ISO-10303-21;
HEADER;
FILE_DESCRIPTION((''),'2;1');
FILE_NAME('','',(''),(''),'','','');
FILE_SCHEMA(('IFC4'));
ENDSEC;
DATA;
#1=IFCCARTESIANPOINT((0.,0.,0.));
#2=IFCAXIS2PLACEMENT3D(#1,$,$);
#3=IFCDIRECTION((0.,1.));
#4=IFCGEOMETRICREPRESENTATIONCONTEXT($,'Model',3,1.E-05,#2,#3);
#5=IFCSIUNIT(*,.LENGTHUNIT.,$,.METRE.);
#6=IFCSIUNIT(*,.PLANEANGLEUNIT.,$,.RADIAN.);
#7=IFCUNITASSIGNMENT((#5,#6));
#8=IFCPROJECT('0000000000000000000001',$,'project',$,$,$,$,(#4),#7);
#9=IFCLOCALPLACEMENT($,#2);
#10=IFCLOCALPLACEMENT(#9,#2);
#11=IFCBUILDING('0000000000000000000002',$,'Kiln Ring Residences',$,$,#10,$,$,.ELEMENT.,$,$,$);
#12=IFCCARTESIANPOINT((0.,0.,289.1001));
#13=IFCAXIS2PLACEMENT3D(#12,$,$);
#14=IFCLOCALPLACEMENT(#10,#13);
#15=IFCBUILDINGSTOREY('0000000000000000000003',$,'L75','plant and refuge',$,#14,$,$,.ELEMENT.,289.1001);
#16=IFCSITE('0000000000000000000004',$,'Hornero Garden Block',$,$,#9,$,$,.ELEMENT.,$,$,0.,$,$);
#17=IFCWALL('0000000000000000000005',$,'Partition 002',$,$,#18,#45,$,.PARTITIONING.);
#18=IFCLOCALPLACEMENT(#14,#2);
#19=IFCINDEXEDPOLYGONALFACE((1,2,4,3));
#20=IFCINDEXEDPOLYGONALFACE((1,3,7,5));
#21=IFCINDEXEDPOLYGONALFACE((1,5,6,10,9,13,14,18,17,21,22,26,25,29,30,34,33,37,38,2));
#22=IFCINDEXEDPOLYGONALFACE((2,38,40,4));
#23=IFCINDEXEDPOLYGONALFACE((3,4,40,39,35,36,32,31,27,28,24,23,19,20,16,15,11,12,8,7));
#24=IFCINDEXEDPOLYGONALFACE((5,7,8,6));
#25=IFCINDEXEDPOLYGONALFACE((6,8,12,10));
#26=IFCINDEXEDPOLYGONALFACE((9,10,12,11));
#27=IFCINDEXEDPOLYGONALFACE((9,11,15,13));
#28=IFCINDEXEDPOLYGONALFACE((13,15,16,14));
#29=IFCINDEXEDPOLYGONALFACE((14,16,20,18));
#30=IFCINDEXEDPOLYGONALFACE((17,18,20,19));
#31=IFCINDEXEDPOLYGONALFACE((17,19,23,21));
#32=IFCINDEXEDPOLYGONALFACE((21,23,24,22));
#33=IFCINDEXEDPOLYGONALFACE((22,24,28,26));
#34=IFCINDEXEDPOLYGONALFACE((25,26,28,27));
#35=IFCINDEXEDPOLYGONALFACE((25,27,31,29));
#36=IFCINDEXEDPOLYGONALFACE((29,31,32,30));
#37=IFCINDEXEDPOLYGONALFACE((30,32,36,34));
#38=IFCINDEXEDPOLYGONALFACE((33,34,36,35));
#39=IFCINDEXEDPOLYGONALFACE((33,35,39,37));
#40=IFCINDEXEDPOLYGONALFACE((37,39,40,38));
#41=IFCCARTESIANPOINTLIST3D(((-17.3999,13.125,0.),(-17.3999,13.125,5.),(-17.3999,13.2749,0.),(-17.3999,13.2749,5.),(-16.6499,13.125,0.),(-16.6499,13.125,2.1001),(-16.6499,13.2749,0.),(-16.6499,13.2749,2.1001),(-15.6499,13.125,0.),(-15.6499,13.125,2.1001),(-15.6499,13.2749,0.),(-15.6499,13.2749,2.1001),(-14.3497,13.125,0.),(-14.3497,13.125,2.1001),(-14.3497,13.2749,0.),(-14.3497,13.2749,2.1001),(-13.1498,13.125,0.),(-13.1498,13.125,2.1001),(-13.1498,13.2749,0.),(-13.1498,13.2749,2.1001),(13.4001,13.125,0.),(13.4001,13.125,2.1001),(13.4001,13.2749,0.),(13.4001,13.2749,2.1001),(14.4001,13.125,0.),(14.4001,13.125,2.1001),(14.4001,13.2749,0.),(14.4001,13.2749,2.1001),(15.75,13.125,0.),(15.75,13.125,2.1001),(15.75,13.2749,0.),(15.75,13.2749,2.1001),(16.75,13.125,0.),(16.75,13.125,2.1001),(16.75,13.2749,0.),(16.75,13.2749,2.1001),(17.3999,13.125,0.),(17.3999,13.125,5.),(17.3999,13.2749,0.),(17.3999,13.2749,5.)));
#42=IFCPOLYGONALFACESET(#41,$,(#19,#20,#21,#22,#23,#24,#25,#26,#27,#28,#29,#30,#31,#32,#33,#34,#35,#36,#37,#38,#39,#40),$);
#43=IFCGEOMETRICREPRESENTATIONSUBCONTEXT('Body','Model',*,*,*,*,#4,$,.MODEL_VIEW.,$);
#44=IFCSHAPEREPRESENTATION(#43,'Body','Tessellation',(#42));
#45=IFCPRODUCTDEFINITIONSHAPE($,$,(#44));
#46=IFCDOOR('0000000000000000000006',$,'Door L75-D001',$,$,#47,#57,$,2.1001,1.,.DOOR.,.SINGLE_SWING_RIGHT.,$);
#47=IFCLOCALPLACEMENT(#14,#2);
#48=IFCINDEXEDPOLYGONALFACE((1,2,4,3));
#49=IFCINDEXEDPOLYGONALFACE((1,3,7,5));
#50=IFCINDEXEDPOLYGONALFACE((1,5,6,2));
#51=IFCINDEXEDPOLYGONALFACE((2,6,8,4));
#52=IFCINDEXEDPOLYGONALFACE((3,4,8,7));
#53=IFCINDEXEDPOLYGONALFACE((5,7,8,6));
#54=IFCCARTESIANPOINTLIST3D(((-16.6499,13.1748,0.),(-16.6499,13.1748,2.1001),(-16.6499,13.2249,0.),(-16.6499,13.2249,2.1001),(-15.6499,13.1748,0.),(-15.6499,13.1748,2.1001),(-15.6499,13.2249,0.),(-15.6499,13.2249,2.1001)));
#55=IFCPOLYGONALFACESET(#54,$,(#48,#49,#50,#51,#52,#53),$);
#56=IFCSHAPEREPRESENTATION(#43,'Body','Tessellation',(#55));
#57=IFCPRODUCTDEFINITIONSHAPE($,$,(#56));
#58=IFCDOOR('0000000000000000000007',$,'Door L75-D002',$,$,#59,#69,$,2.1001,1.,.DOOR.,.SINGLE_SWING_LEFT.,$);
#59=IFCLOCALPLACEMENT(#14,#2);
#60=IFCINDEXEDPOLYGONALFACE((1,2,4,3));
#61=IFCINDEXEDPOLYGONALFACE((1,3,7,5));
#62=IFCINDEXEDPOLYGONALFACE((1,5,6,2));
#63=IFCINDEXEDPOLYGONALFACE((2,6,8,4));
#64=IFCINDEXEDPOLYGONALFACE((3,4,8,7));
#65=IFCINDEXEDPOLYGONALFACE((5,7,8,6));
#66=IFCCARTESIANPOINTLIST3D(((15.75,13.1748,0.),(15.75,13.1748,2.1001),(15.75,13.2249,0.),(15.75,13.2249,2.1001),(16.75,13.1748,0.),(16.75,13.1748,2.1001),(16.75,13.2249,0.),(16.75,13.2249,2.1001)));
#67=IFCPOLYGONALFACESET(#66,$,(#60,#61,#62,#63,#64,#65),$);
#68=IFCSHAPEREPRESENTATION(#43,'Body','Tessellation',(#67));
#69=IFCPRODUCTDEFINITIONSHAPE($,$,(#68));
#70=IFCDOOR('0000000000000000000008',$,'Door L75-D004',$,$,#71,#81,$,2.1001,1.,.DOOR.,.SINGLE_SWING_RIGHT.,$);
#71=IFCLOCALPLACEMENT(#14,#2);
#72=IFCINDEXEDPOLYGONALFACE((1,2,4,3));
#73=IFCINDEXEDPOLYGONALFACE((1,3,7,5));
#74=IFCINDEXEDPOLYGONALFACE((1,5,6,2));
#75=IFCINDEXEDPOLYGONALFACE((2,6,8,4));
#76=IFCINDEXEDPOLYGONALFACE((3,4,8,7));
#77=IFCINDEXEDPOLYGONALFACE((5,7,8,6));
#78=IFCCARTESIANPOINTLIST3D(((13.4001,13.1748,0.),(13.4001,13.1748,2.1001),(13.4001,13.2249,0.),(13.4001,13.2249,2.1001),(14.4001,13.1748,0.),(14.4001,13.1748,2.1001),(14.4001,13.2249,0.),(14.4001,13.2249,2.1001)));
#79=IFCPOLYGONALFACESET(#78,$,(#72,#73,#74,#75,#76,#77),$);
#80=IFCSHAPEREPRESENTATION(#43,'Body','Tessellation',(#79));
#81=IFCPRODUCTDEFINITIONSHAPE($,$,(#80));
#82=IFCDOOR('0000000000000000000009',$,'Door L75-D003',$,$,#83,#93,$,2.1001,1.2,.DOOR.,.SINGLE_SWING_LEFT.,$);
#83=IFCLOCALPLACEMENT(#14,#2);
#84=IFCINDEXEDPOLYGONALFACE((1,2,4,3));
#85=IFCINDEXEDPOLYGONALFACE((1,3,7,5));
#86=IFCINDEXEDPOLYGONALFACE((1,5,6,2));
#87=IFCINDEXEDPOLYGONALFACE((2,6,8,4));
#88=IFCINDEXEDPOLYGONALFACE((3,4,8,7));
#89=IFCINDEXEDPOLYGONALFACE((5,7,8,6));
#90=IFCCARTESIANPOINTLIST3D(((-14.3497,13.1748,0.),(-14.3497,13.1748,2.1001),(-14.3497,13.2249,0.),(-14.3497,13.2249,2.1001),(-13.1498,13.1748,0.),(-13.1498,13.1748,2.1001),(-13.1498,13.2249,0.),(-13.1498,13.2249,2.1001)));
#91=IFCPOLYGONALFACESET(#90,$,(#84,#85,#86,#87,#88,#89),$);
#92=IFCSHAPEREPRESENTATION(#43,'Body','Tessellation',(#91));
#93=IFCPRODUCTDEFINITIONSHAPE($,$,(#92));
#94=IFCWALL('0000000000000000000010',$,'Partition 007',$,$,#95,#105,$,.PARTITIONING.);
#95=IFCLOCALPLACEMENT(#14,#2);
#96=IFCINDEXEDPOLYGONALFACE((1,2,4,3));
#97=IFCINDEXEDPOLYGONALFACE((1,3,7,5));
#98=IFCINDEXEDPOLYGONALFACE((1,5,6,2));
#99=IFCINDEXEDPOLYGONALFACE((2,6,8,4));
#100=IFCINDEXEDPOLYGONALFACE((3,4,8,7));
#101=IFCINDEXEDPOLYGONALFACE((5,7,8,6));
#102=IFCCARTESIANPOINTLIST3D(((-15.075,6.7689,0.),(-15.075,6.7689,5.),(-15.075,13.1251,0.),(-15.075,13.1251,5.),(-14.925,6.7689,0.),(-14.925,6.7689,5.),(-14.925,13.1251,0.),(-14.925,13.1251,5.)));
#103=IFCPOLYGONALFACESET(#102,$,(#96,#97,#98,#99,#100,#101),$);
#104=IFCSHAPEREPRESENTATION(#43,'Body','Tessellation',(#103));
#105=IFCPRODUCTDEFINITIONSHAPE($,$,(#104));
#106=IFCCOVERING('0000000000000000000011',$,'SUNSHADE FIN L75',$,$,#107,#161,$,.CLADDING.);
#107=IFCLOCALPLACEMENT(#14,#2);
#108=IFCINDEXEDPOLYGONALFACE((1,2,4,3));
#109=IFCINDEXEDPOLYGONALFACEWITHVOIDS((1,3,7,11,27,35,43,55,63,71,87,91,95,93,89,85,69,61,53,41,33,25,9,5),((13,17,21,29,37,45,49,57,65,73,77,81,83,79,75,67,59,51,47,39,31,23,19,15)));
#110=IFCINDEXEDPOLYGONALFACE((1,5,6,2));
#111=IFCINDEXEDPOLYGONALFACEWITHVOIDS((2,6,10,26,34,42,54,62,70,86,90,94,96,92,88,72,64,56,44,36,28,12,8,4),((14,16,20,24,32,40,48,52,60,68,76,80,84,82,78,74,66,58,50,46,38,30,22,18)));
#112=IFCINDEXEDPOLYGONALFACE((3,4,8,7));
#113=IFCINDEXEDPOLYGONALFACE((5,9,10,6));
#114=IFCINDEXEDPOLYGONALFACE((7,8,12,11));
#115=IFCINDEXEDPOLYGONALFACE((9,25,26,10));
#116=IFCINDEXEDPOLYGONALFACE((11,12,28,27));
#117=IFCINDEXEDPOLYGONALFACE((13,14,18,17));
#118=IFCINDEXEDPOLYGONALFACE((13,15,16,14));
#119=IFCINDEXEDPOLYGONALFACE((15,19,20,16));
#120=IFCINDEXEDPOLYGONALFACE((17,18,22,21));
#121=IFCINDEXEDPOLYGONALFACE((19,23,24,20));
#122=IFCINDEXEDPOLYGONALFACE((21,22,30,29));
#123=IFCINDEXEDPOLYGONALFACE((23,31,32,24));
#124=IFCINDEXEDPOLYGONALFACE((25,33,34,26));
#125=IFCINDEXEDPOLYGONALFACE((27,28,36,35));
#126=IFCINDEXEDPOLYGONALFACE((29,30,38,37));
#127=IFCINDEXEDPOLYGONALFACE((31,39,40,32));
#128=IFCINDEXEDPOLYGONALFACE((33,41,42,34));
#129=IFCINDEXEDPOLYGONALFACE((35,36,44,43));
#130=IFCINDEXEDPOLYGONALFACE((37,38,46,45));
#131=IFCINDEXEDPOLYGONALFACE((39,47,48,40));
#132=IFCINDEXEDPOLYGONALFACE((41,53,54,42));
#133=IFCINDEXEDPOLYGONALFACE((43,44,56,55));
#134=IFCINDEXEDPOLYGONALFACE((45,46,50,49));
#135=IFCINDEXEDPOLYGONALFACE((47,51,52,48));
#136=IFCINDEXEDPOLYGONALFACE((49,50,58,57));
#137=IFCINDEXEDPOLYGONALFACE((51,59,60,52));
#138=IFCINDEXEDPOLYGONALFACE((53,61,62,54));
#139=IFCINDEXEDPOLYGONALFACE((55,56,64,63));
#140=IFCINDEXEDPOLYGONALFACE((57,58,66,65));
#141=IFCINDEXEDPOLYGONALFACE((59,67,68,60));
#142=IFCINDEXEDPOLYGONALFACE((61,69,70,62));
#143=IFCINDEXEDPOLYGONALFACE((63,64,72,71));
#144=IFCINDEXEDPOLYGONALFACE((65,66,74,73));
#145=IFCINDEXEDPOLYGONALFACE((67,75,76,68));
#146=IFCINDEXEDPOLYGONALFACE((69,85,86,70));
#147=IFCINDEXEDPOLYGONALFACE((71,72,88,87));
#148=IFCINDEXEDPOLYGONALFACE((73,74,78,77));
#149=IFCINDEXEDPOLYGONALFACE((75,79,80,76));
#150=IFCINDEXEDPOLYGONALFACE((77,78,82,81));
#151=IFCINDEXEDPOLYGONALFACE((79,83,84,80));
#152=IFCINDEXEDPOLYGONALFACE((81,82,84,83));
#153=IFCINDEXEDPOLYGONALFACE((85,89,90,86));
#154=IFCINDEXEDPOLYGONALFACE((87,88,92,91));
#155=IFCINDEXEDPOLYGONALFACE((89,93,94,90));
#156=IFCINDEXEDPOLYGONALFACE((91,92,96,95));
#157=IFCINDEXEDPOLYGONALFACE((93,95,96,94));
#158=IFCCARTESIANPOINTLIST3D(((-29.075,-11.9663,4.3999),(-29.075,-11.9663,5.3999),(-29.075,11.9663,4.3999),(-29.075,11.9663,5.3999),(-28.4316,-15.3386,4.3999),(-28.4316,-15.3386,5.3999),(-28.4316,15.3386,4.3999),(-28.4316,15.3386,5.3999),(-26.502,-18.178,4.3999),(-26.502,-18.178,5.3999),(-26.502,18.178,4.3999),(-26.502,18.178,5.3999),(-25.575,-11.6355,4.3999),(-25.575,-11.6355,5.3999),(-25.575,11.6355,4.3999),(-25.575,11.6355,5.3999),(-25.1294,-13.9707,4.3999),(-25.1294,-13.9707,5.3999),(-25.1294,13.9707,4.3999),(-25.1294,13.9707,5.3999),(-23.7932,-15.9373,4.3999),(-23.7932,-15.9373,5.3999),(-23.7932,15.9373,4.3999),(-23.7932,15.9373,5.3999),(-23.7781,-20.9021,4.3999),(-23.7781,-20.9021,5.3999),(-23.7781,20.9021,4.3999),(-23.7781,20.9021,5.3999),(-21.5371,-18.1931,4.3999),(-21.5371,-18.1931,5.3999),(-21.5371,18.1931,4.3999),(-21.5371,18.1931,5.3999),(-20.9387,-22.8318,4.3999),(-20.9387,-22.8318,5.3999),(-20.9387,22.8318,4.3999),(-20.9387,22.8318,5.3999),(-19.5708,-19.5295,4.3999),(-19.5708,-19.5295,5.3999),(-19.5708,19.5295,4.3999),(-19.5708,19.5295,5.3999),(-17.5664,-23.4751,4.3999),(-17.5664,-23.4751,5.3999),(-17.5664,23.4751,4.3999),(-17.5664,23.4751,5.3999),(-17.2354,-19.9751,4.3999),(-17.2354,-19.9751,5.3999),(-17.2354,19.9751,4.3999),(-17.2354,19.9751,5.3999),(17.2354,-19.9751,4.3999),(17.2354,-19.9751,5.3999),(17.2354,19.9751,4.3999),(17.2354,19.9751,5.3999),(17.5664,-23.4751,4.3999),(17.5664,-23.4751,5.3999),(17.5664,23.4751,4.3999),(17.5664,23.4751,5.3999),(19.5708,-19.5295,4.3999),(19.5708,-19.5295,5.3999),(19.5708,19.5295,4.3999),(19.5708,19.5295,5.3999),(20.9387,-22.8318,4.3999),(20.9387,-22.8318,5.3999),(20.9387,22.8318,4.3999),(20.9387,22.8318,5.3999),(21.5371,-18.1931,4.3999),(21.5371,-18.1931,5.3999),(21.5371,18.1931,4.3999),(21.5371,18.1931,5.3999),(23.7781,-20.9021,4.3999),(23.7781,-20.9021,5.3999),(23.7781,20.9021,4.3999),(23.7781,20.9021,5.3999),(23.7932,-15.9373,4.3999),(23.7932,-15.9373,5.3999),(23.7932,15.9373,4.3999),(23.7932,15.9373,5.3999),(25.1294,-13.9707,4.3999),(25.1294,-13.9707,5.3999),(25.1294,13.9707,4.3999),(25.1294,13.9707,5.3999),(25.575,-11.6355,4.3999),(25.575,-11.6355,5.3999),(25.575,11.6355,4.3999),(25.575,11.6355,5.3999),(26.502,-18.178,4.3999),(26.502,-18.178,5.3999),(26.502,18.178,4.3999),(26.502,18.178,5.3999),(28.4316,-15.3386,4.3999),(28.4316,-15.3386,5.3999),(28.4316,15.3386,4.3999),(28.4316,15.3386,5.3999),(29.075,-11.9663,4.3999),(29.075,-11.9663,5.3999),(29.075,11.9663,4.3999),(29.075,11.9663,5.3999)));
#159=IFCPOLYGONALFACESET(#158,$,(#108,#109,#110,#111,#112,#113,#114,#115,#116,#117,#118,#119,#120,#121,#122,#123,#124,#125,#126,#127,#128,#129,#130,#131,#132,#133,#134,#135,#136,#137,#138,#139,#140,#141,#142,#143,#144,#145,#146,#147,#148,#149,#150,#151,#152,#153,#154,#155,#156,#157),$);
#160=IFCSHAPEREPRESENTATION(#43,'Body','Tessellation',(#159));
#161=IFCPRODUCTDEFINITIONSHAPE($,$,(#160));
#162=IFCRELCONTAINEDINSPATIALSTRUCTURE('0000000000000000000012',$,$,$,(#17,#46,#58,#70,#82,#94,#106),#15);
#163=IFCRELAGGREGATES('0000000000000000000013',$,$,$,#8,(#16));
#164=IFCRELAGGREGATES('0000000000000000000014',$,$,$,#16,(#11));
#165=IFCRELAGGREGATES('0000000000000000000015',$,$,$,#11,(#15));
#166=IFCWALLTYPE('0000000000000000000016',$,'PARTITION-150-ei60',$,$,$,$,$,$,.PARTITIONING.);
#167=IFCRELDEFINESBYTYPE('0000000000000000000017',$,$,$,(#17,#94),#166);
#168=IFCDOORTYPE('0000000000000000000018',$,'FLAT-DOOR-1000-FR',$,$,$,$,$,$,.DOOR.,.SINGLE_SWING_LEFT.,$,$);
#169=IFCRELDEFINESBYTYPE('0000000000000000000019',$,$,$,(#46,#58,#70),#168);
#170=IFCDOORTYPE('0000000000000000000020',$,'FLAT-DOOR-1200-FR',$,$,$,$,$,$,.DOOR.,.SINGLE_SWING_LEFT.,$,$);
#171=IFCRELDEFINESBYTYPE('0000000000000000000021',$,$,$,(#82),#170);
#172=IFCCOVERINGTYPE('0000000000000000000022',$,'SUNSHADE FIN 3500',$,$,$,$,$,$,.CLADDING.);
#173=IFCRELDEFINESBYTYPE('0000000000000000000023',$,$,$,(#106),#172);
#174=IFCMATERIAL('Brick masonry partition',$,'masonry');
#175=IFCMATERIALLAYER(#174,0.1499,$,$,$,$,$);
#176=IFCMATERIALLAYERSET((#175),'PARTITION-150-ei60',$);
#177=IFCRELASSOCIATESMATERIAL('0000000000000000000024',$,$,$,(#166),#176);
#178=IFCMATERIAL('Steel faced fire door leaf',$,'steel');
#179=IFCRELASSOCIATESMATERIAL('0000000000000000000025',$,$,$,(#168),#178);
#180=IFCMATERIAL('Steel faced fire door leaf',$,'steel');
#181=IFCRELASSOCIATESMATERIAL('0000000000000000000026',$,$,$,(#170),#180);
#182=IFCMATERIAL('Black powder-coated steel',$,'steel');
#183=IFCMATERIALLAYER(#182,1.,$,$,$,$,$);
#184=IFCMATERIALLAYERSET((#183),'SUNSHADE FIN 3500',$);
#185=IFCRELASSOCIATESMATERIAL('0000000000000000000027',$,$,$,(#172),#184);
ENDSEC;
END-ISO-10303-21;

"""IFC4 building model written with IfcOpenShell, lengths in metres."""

from ifc_helpers import new_model, si_unit, direction, frame, frame_2d, origin, place, context, subcontext, project, spatial, polyline, rectangle, outline, extrude, material, layer, layer_set, type_object, element, fill, save


model = new_model("IFC4")

# Units and contexts
model_context = context("Model", 3, precision=1e-05, world=origin(), true_north=direction((0.0, 1.0)))
body_context = subcontext(model_context, "Body", "Model", "MODEL_VIEW")
ifc_project = project(units=[si_unit("LENGTHUNIT", "METRE"), si_unit("PLANEANGLEUNIT", "RADIAN")], contexts=[model_context])

# Site, building, storey
site_placement = place(None, origin())
site = spatial("IfcSite", under=ifc_project, at=site_placement, Name="Hornero Garden Block", CompositionType="ELEMENT", RefElevation=0.0)
building_placement = place(site_placement, origin())
building = spatial("IfcBuilding", under=site, at=building_placement, Name="Kiln Ring Residences", CompositionType="ELEMENT")
storey_placement = place(building_placement, frame((0.0, 0.0, 289.1001)))
storey = spatial("IfcBuildingStorey", under=building, at=storey_placement, Name="L75", Description="plant and refuge", CompositionType="ELEMENT", Elevation=289.1001)

# Wall, openings, doors
ifc_material_1 = material(Name="Brick masonry partition", Category="masonry")
ifc_layer_1 = layer(ifc_material_1, 0.1499)
ifc_layer_set_1 = layer_set([ifc_layer_1], Name="PARTITION-150-ei60")
wall_type_1 = type_object("IfcWallType", Name="PARTITION-150-ei60", PredefinedType="PARTITIONING", material=ifc_layer_set_1)
wall_1_placement = place(storey_placement, frame((-17.3999, 13.2, 0.0), z_axis=(0.0, 0.0, 1.0), x_axis=(1.0, 0.0, 0.0)))
wall_1 = element("IfcWall", 1, at=wall_1_placement, inside=storey, type_object=wall_type_1, Name="Partition 002", PredefinedType="PARTITIONING", context=body_context, shape_type="SweptSolid", body=[
    extrude(rectangle(XDim=34.7998, YDim=0.1499, at=frame_2d((17.3999, 0.0))), origin(), (0.0, 0.0, 1.0), 5.0),
])
opening_1_placement = place(wall_1_placement, frame((0.75, 0.0, 0.0)))
opening_1 = element("IfcOpeningElement", 2, at=opening_1_placement, cuts=wall_1, PredefinedType="OPENING", context=body_context, shape_type="SweptSolid", body=[
    extrude(rectangle(XDim=1.0, YDim=2.1001, at=frame_2d((0.5, 1.05))), frame((0.0, 0.085, 0.0), z_axis=(0.0, -1.0, 0.0), x_axis=(1.0, 0.0, 0.0)), (0.0, 0.0, 1.0), 0.1699),
])
opening_2_placement = place(wall_1_placement, frame((33.1499, 0.0, 0.0)))
opening_2 = element("IfcOpeningElement", 3, at=opening_2_placement, cuts=wall_1, PredefinedType="OPENING", context=body_context, shape_type="SweptSolid", body=[
    extrude(rectangle(XDim=1.0, YDim=2.1001, at=frame_2d((0.5, 1.05))), frame((0.0, 0.085, 0.0), z_axis=(0.0, -1.0, 0.0), x_axis=(1.0, 0.0, 0.0)), (0.0, 0.0, 1.0), 0.1699),
])
opening_3_placement = place(wall_1_placement, frame((3.05, 0.0, 0.0)))
opening_3 = element("IfcOpeningElement", 4, at=opening_3_placement, cuts=wall_1, PredefinedType="OPENING", context=body_context, shape_type="SweptSolid", body=[
    extrude(rectangle(XDim=1.2, YDim=2.1001, at=frame_2d((0.6001, 1.05))), frame((0.0, 0.085, 0.0), z_axis=(0.0, -1.0, 0.0), x_axis=(1.0, 0.0, 0.0)), (0.0, 0.0, 1.0), 0.1699),
])
opening_4_placement = place(wall_1_placement, frame((30.8, 0.0, 0.0)))
opening_4 = element("IfcOpeningElement", 5, at=opening_4_placement, cuts=wall_1, PredefinedType="OPENING", context=body_context, shape_type="SweptSolid", body=[
    extrude(rectangle(XDim=1.0, YDim=2.1001, at=frame_2d((0.5, 1.05))), frame((0.0, 0.085, 0.0), z_axis=(0.0, -1.0, 0.0), x_axis=(1.0, 0.0, 0.0)), (0.0, 0.0, 1.0), 0.1699),
])
ifc_material_2 = material(Name="Steel faced fire door leaf", Category="steel")
door_type_1 = type_object("IfcDoorType", Name="FLAT-DOOR-1000-FR", OperationType="SINGLE_SWING_LEFT", PredefinedType="DOOR", material=ifc_material_2)
door_1_placement = place(opening_1_placement, origin())
door_1 = element("IfcDoor", 6, at=door_1_placement, inside=storey, type_object=door_type_1, Name="Door L75-D001", OperationType="SINGLE_SWING_RIGHT", OverallHeight=2.1001, OverallWidth=1.0, PredefinedType="DOOR", context=body_context, shape_type="SweptSolid", body=[
    extrude(rectangle(XDim=1.0, YDim=2.1001, at=frame_2d((0.5, 1.05))), frame((0.0, 0.0249, 0.0), z_axis=(0.0, -1.0, 0.0), x_axis=(1.0, 0.0, 0.0)), (0.0, 0.0, 1.0), 0.05),
])
fill(opening_1, door_1)
door_2_placement = place(opening_2_placement, origin())
door_2 = element("IfcDoor", 7, at=door_2_placement, inside=storey, type_object=door_type_1, Name="Door L75-D002", OperationType="SINGLE_SWING_LEFT", OverallHeight=2.1001, OverallWidth=1.0, PredefinedType="DOOR", context=body_context, shape_type="SweptSolid", body=[
    extrude(rectangle(XDim=1.0, YDim=2.1001, at=frame_2d((0.5, 1.05))), frame((0.0, 0.0249, 0.0), z_axis=(0.0, -1.0, 0.0), x_axis=(1.0, 0.0, 0.0)), (0.0, 0.0, 1.0), 0.05),
])
fill(opening_2, door_2)
door_3_placement = place(opening_4_placement, origin())
door_3 = element("IfcDoor", 8, at=door_3_placement, inside=storey, type_object=door_type_1, Name="Door L75-D004", OperationType="SINGLE_SWING_RIGHT", OverallHeight=2.1001, OverallWidth=1.0, PredefinedType="DOOR", context=body_context, shape_type="SweptSolid", body=[
    extrude(rectangle(XDim=1.0, YDim=2.1001, at=frame_2d((0.5, 1.05))), frame((0.0, 0.0249, 0.0), z_axis=(0.0, -1.0, 0.0), x_axis=(1.0, 0.0, 0.0)), (0.0, 0.0, 1.0), 0.05),
])
fill(opening_4, door_3)
ifc_material_3 = material(Name="Steel faced fire door leaf", Category="steel")
door_type_2 = type_object("IfcDoorType", Name="FLAT-DOOR-1200-FR", OperationType="SINGLE_SWING_LEFT", PredefinedType="DOOR", material=ifc_material_3)
door_4_placement = place(opening_3_placement, origin())
door_4 = element("IfcDoor", 9, at=door_4_placement, inside=storey, type_object=door_type_2, Name="Door L75-D003", OperationType="SINGLE_SWING_LEFT", OverallHeight=2.1001, OverallWidth=1.2, PredefinedType="DOOR", context=body_context, shape_type="SweptSolid", body=[
    extrude(rectangle(XDim=1.2, YDim=2.1001, at=frame_2d((0.6001, 1.05))), frame((0.0, 0.0249, 0.0), z_axis=(0.0, -1.0, 0.0), x_axis=(1.0, 0.0, 0.0)), (0.0, 0.0, 1.0), 0.05),
])
fill(opening_3, door_4)

# Wall
wall_2_placement = place(storey_placement, frame((-15.0, 6.7688, 0.0), z_axis=(0.0, 0.0, 1.0), x_axis=(0.0, 1.0, 0.0)))
element("IfcWall", 10, at=wall_2_placement, inside=storey, type_object=wall_type_1, Name="Partition 007", PredefinedType="PARTITIONING", context=body_context, shape_type="SweptSolid", body=[
    extrude(rectangle(XDim=6.3562, YDim=0.1499, at=frame_2d((3.1782, 0.0))), origin(), (0.0, 0.0, 1.0), 5.0),
])

# Covering
ifc_material_4 = material(Name="Black powder-coated steel", Category="steel")
ifc_layer_2 = layer(ifc_material_4, 1.0)
ifc_layer_set_2 = layer_set([ifc_layer_2], Name="SUNSHADE FIN 3500")
covering_type_1 = type_object("IfcCoveringType", Name="SUNSHADE FIN 3500", PredefinedType="CLADDING", material=ifc_layer_set_2)
covering_1_placement = place(storey_placement, frame((0.0, 0.0, 4.3999)))
element("IfcCovering", 11, at=covering_1_placement, inside=storey, type_object=covering_type_1, Name="SUNSHADE FIN L75", PredefinedType="CLADDING", context=body_context, shape_type="SweptSolid", body=[
    extrude(outline(polyline([(-28.4316, -15.3386), (-26.502, -18.178), (-23.7781, -20.9021), (-20.9387, -22.8318), (-17.5664, -23.4751), (17.5664, -23.4751), (20.9387, -22.8318), (23.7781, -20.9021), (26.502, -18.178), (28.4316, -15.3386), (29.075, -11.9663), (29.075, 11.9663), (28.4316, 15.3386), (26.502, 18.178), (23.7781, 20.9021), (20.9387, 22.8318), (17.5664, 23.4751), (-17.5664, 23.4751), (-20.9387, 22.8318), (-23.7781, 20.9021), (-26.502, 18.178), (-28.4316, 15.3386), (-29.075, 11.9663), (-29.075, -11.9663), (-28.4316, -15.3386)]), holes=[polyline([(-21.5371, -18.1931), (-23.7932, -15.9373), (-25.1294, -13.9707), (-25.575, -11.6355), (-25.575, 11.6355), (-25.1294, 13.9707), (-23.7932, 15.9373), (-21.5371, 18.1931), (-19.5708, 19.5295), (-17.2354, 19.9751), (17.2354, 19.9751), (19.5708, 19.5295), (21.5371, 18.1931), (23.7932, 15.9373), (25.1294, 13.9707), (25.575, 11.6355), (25.575, -11.6355), (25.1294, -13.9707), (23.7932, -15.9373), (21.5371, -18.1931), (19.5708, -19.5295), (17.2354, -19.9751), (-17.2354, -19.9751), (-19.5708, -19.5295), (-21.5371, -18.1931)])]), origin(), (0.0, 0.0, 1.0), 1.0),
])

save(model, "model.ifc")
